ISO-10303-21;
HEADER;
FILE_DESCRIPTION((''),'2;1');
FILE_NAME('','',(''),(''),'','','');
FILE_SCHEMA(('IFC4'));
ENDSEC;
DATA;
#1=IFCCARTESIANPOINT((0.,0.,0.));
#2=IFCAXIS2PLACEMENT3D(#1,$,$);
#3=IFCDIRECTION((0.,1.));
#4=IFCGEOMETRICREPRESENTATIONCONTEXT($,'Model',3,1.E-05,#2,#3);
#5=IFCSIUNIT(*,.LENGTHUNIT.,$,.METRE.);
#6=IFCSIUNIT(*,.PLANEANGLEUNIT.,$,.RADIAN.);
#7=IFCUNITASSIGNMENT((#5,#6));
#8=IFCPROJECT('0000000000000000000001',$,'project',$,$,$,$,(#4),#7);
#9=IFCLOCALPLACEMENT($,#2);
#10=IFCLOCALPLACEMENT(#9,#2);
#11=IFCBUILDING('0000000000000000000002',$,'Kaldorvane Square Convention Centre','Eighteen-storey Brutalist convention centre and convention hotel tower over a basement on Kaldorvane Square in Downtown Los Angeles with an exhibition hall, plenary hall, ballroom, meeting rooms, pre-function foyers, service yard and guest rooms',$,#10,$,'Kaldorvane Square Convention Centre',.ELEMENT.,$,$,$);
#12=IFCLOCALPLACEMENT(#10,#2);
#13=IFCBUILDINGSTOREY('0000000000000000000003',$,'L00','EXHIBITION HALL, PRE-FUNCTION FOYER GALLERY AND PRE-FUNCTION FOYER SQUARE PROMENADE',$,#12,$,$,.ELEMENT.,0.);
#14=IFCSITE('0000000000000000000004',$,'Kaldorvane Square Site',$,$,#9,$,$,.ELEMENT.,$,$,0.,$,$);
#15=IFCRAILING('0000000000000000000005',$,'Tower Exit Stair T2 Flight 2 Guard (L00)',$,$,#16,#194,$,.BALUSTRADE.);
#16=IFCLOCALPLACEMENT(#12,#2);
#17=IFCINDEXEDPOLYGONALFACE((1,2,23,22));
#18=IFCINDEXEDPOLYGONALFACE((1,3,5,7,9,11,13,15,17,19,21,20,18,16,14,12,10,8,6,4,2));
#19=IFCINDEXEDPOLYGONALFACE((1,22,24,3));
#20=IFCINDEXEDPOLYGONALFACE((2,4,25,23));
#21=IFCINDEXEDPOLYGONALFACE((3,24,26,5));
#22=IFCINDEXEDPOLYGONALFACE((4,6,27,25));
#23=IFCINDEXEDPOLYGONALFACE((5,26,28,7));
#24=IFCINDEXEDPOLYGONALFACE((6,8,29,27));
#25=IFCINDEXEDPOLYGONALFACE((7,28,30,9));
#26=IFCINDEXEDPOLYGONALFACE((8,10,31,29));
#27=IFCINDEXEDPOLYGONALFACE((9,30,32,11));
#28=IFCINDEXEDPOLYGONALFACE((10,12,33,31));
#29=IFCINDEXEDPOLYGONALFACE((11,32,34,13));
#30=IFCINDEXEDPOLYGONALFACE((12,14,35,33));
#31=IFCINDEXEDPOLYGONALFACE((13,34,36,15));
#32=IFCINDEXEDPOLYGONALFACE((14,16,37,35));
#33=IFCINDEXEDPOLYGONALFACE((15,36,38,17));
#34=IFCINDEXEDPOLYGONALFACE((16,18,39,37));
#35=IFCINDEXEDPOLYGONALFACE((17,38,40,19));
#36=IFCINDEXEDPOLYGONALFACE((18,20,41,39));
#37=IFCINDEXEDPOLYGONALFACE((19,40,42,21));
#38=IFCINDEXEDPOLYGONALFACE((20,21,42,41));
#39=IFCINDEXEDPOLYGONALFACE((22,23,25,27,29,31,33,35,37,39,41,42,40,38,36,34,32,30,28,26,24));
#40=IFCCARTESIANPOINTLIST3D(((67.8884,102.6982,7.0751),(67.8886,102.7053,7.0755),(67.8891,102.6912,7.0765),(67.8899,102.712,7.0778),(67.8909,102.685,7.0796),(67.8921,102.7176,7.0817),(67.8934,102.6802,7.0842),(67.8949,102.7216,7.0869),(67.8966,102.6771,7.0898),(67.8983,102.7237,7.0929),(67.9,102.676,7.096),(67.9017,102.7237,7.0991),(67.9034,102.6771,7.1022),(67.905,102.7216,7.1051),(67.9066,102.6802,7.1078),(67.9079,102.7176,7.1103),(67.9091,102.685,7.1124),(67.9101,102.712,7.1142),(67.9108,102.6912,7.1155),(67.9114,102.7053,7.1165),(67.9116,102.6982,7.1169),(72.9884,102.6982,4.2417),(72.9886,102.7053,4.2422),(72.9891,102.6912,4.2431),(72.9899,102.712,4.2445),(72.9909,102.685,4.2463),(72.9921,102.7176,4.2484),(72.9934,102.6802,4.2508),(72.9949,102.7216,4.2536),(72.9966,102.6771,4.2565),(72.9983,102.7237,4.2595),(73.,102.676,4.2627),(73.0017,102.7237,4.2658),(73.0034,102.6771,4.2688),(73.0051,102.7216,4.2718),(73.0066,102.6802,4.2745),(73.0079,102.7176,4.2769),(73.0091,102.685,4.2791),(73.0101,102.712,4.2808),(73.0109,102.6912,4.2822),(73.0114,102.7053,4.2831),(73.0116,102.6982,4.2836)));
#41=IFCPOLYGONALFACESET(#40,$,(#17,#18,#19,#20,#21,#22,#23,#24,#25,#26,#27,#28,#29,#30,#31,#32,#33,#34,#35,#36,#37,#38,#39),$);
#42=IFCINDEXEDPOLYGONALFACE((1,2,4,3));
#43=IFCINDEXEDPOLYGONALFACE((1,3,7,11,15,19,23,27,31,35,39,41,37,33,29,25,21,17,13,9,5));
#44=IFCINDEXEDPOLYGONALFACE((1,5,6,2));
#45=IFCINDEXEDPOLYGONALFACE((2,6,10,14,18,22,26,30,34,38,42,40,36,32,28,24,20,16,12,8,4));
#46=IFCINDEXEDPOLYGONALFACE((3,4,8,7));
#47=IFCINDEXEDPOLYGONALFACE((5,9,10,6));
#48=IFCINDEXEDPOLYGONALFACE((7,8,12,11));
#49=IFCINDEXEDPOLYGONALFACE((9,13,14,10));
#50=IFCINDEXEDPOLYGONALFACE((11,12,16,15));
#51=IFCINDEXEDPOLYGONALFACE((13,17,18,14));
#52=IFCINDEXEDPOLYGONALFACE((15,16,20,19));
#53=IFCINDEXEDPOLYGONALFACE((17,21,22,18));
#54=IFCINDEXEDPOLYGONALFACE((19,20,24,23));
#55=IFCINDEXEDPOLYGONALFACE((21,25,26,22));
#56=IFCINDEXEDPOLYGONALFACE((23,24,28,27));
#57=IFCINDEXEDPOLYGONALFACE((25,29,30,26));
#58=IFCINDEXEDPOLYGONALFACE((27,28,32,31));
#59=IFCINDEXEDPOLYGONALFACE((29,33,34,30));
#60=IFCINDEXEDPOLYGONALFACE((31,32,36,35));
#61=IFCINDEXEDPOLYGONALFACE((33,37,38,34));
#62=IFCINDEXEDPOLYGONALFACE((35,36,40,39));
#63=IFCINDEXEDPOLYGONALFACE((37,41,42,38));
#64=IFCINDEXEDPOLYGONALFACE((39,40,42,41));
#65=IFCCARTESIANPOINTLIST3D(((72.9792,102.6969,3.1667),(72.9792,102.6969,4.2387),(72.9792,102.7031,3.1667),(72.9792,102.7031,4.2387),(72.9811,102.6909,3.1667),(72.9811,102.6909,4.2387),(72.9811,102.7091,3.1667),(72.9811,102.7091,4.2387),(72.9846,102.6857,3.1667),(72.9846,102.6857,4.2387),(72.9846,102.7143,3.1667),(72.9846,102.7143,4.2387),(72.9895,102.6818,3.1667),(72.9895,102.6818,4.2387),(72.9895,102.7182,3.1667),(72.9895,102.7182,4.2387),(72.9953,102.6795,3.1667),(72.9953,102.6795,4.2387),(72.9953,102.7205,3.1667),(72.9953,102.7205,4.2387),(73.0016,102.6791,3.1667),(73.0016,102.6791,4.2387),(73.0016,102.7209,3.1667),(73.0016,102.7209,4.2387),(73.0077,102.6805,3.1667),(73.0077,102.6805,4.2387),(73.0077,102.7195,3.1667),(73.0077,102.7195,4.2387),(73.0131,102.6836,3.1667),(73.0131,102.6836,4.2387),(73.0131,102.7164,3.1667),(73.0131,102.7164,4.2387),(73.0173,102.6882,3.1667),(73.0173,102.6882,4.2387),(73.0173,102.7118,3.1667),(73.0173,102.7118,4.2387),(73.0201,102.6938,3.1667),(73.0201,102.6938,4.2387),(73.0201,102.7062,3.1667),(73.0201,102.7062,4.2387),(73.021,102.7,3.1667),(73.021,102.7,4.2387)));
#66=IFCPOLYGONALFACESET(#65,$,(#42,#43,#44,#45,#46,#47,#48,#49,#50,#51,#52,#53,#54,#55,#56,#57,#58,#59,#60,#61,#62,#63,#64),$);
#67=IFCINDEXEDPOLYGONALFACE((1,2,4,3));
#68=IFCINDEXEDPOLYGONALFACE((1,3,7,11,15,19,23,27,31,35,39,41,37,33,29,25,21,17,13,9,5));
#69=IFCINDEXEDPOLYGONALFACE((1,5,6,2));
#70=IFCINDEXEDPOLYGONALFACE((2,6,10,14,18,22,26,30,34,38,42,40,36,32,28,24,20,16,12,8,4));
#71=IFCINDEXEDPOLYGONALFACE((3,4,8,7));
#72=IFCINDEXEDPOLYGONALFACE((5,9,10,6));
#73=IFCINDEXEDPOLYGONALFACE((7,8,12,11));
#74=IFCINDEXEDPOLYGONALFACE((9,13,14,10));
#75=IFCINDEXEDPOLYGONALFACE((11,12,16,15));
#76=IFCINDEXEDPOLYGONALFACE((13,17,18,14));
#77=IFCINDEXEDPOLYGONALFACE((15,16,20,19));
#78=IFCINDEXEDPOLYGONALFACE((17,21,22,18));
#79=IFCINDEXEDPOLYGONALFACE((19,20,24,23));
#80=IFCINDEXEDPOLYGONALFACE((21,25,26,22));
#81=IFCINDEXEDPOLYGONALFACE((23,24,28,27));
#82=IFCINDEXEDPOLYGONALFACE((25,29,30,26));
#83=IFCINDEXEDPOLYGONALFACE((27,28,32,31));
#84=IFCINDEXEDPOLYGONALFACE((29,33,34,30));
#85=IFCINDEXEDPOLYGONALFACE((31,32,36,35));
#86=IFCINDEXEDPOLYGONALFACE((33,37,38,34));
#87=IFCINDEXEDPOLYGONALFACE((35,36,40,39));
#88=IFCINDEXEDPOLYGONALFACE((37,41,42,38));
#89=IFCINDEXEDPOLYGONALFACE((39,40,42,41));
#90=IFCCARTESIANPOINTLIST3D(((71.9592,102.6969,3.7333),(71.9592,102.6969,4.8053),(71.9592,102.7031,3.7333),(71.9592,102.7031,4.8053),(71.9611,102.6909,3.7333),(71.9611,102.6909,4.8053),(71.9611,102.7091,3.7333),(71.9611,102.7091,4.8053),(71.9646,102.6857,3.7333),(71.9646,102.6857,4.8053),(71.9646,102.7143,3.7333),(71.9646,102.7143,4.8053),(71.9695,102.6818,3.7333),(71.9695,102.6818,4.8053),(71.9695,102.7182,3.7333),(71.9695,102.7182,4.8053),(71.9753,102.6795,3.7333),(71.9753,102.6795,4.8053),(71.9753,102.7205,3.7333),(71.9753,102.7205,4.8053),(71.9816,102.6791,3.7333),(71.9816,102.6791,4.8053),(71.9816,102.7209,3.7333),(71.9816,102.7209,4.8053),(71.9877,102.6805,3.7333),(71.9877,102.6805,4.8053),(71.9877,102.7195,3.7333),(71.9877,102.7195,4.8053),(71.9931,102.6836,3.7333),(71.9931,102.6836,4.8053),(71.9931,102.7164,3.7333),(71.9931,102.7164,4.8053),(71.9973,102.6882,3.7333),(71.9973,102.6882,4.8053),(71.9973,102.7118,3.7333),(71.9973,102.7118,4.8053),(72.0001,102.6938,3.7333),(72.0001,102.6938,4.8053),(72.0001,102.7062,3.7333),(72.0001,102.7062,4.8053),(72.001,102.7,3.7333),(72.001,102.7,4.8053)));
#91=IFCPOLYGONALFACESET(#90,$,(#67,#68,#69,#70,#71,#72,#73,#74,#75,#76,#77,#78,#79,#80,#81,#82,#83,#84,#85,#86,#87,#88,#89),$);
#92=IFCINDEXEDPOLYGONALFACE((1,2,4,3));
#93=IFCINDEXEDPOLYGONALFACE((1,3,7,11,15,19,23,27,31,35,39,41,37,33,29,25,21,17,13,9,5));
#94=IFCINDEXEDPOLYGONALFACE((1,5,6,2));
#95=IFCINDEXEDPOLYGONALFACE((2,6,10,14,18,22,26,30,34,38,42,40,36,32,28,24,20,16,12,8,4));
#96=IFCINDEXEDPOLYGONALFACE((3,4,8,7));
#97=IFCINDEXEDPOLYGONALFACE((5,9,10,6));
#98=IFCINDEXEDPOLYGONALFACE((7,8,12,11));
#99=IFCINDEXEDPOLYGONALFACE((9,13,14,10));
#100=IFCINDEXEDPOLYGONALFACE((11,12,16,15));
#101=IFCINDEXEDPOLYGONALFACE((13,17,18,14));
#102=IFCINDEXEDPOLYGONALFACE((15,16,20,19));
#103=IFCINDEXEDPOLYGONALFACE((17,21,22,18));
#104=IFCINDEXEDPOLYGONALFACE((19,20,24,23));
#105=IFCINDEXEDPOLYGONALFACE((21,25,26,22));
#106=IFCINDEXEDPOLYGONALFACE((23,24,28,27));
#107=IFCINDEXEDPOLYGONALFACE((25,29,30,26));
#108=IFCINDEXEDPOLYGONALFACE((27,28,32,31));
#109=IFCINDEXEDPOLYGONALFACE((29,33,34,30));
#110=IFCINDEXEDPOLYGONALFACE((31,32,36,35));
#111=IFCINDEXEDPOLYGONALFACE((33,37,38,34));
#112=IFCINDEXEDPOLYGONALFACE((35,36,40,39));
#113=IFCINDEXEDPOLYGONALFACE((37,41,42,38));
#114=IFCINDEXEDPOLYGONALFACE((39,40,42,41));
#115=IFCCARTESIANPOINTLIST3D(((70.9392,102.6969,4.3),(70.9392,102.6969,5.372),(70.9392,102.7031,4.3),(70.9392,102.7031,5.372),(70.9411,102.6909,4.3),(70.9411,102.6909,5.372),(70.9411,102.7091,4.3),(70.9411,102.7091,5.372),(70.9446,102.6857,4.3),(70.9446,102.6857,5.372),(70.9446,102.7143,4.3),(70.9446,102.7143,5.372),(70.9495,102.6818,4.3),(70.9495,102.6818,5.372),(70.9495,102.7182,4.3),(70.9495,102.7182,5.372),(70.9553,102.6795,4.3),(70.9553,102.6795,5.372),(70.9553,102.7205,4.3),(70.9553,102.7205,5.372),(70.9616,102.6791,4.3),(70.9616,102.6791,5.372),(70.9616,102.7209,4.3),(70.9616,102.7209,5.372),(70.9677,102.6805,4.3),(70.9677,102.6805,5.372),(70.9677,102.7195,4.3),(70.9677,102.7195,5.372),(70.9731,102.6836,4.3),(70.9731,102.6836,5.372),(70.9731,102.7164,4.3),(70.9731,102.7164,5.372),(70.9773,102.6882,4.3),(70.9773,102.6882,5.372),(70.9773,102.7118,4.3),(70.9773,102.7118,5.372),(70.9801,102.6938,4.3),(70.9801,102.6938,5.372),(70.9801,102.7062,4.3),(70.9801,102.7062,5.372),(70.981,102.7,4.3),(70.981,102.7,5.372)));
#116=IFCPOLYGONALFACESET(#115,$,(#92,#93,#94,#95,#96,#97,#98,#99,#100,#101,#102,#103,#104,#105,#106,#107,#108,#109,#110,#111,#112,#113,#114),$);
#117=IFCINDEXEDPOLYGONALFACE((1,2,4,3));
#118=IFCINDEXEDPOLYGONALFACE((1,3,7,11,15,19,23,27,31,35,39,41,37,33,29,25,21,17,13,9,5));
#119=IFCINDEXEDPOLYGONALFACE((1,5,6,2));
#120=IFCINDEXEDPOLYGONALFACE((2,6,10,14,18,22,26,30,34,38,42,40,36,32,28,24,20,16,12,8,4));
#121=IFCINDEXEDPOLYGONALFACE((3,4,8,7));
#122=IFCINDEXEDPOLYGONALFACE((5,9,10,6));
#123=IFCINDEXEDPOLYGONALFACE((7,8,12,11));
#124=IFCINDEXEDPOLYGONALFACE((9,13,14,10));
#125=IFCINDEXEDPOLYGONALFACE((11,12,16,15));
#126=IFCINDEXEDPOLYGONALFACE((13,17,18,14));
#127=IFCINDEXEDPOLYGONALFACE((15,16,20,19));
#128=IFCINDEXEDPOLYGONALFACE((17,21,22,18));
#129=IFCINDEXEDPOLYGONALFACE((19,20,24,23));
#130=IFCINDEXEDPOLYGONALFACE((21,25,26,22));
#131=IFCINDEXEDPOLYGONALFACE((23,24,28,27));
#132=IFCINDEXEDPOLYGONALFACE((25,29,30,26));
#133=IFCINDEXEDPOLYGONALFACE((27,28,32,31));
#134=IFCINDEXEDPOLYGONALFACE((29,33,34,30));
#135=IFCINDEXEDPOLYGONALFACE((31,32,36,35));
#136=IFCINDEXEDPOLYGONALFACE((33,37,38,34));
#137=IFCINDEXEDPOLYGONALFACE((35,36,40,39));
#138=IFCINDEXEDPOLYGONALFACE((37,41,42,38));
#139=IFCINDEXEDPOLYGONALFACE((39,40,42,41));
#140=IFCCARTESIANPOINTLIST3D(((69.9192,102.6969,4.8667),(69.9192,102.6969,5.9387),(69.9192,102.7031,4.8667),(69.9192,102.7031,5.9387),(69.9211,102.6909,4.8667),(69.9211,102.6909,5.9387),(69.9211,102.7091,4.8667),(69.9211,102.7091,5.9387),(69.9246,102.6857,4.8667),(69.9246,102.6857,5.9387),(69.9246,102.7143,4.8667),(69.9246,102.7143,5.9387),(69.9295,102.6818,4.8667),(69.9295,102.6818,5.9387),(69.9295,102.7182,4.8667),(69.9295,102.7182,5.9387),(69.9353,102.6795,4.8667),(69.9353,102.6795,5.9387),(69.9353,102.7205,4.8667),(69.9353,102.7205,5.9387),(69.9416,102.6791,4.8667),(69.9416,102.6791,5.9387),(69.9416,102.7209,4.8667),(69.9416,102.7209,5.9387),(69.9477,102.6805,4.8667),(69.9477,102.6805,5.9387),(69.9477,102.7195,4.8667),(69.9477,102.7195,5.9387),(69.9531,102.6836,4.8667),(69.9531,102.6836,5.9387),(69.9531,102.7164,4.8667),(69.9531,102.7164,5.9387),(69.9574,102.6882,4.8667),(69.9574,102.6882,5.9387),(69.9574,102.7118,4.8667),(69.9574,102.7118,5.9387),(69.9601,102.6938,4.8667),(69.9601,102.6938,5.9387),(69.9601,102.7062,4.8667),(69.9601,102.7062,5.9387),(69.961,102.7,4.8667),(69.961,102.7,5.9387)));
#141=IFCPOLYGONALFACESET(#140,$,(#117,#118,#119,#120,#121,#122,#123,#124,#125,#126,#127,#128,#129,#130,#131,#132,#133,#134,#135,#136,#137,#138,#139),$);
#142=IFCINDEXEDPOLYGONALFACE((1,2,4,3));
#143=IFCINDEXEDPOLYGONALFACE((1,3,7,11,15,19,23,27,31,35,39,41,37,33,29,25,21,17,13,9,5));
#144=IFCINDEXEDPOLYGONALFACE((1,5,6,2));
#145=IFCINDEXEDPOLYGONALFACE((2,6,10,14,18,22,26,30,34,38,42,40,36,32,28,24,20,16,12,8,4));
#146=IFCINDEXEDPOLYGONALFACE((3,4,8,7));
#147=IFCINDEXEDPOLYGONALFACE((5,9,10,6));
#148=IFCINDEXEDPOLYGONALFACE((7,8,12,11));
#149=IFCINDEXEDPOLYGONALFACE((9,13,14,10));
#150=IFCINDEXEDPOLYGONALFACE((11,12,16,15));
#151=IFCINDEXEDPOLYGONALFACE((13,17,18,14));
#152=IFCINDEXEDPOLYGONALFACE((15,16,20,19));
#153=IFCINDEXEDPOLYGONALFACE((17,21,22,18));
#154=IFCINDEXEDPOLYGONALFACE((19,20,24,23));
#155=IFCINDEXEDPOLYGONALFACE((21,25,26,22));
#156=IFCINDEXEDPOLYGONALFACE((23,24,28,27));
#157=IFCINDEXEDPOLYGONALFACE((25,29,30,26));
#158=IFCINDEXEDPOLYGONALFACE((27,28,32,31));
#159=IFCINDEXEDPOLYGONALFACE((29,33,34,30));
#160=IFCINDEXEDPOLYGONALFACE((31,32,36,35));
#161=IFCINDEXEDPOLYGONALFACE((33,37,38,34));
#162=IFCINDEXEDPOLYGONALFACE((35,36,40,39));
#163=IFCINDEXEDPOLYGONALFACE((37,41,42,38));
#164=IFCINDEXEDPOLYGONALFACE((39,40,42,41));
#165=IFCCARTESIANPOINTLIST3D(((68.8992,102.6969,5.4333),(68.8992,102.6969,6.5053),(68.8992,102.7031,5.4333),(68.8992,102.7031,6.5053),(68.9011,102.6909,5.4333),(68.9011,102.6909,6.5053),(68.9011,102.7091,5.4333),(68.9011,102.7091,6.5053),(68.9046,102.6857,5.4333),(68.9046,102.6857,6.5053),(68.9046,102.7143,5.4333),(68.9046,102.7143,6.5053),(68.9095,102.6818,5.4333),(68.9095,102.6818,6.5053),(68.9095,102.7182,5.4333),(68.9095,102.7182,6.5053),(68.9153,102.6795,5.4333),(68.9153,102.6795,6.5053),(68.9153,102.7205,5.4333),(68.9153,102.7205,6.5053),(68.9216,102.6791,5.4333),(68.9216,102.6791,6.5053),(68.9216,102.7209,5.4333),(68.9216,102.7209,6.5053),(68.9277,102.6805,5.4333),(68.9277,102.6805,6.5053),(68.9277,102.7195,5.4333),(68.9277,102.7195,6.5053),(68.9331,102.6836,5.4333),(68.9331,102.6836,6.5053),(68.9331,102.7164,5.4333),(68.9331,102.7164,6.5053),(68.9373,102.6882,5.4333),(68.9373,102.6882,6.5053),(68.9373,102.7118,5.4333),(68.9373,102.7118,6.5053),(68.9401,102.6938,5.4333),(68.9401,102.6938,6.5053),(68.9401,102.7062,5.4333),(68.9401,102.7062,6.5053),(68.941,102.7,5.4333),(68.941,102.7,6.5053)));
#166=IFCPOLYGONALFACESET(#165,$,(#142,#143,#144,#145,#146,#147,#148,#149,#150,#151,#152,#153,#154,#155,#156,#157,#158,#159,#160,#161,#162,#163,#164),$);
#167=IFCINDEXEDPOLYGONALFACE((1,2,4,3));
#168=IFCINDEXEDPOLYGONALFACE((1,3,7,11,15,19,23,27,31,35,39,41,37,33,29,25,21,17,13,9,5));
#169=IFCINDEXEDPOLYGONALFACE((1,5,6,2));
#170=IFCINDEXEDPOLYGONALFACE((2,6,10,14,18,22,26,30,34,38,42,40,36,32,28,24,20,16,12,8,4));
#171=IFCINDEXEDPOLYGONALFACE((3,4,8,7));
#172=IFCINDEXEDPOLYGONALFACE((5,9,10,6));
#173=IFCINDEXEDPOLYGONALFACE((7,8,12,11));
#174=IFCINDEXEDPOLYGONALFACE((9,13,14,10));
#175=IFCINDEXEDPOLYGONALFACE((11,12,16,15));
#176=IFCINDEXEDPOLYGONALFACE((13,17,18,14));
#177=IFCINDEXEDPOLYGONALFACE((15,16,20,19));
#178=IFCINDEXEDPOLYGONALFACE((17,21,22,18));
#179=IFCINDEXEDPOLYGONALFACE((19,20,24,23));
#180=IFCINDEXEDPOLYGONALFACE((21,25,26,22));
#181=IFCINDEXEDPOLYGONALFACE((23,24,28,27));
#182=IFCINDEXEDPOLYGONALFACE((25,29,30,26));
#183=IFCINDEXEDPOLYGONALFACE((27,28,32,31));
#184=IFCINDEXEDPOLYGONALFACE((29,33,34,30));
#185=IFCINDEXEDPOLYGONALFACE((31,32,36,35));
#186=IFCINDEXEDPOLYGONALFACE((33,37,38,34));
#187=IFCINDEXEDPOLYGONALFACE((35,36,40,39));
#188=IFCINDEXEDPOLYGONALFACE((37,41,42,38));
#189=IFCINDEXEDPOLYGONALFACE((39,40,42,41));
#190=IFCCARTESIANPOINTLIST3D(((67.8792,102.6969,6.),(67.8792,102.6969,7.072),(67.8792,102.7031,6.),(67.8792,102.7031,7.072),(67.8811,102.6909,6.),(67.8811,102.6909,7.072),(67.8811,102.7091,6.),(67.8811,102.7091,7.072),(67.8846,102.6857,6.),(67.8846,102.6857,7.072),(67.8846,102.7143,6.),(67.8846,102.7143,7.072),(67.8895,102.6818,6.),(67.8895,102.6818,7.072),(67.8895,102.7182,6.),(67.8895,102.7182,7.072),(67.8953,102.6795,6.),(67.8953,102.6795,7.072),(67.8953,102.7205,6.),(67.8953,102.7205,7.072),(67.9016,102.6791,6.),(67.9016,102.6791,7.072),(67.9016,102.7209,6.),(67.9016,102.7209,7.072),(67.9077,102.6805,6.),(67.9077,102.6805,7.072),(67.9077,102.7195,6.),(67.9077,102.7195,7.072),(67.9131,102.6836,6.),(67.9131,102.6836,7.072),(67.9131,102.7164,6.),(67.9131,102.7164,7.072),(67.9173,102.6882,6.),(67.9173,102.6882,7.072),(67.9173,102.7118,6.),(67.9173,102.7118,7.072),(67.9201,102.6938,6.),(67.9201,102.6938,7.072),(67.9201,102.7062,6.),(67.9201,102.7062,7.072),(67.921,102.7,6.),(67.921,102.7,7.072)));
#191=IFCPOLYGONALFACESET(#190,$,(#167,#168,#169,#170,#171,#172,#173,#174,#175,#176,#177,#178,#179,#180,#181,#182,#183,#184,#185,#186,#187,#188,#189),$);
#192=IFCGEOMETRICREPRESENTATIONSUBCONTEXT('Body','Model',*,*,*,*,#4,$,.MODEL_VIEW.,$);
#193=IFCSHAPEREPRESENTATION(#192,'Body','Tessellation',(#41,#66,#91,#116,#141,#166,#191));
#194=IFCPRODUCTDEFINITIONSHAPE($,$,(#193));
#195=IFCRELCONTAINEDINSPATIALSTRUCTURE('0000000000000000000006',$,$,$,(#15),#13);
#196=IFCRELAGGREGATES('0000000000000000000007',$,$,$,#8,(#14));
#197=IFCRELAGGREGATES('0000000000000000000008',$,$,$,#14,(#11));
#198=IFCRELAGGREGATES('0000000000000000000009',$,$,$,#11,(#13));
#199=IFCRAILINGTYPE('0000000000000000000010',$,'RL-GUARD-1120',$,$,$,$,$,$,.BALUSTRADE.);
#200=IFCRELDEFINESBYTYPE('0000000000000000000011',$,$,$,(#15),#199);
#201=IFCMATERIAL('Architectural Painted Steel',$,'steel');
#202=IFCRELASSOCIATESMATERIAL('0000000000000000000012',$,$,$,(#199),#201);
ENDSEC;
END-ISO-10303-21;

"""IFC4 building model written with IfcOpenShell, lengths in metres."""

from ifc_helpers import new_model, si_unit, direction, frame, origin, origin_2d, place, context, subcontext, project, spatial, circle, extrude, material, type_object, element, save


model = new_model("IFC4")

# Units and contexts
model_context = context("Model", 3, precision=1e-05, world=origin(), true_north=direction((0.0, 1.0)))
body_context = subcontext(model_context, "Body", "Model", "MODEL_VIEW")
ifc_project = project(units=[si_unit("LENGTHUNIT", "METRE"), si_unit("PLANEANGLEUNIT", "RADIAN")], contexts=[model_context])

# Site, building, storey
site_placement = place(None, origin())
site = spatial("IfcSite", under=ifc_project, at=site_placement, Name="Kaldorvane Square Site", CompositionType="ELEMENT", RefElevation=0.0)
building_placement = place(site_placement, origin())
building = spatial("IfcBuilding", under=site, at=building_placement, Name="Kaldorvane Square Convention Centre", Description="Eighteen-storey Brutalist convention centre and convention hotel tower over a basement on Kaldorvane Square in Downtown Los Angeles with an exhibition hall, plenary hall, ballroom, meeting rooms, pre-function foyers, service yard and guest rooms", LongName="Kaldorvane Square Convention Centre", CompositionType="ELEMENT")
storey_placement = place(building_placement, origin())
storey = spatial("IfcBuildingStorey", under=building, at=storey_placement, Name="L00", Description="EXHIBITION HALL, PRE-FUNCTION FOYER GALLERY AND PRE-FUNCTION FOYER SQUARE PROMENADE", CompositionType="ELEMENT", Elevation=0.0)

# Railing
ifc_material_1 = material(Name="Architectural Painted Steel", Category="steel")
railing_type_1 = type_object("IfcRailingType", Name="RL-GUARD-1120", PredefinedType="BALUSTRADE", material=ifc_material_1)
railing_1_placement = place(storey_placement, frame((73.0, 102.7, 3.1667)))
element("IfcRailing", 1, at=railing_1_placement, inside=storey, type_object=railing_type_1, Name="Tower Exit Stair T2 Flight 2 Guard (L00)", PredefinedType="BALUSTRADE", context=body_context, shape_type="SweptSolid", body=[
    extrude(circle(Radius=0.024, at=origin_2d()), frame((0.0, 0.0, 1.096), z_axis=(-0.874158, 0.0, 0.485642), x_axis=(0.0, -1.0, 0.0)), (0.0, 0.0, 1.0), 5.8342),
    extrude(circle(Radius=0.021, at=origin_2d()), origin(), (0.0, 0.0, 1.0), 1.072),
    extrude(circle(Radius=0.021, at=origin_2d()), frame((-1.02, 0.0, 0.5667)), (0.0, 0.0, 1.0), 1.072),
    extrude(circle(Radius=0.021, at=origin_2d()), frame((-2.04, 0.0, 1.1333)), (0.0, 0.0, 1.0), 1.072),
    extrude(circle(Radius=0.021, at=origin_2d()), frame((-3.06, 0.0, 1.7)), (0.0, 0.0, 1.0), 1.072),
    extrude(circle(Radius=0.021, at=origin_2d()), frame((-4.08, 0.0, 2.2667)), (0.0, 0.0, 1.0), 1.072),
    extrude(circle(Radius=0.021, at=origin_2d()), frame((-5.1, 0.0, 2.8333)), (0.0, 0.0, 1.0), 1.072),
])

save(model, "model.ifc")
